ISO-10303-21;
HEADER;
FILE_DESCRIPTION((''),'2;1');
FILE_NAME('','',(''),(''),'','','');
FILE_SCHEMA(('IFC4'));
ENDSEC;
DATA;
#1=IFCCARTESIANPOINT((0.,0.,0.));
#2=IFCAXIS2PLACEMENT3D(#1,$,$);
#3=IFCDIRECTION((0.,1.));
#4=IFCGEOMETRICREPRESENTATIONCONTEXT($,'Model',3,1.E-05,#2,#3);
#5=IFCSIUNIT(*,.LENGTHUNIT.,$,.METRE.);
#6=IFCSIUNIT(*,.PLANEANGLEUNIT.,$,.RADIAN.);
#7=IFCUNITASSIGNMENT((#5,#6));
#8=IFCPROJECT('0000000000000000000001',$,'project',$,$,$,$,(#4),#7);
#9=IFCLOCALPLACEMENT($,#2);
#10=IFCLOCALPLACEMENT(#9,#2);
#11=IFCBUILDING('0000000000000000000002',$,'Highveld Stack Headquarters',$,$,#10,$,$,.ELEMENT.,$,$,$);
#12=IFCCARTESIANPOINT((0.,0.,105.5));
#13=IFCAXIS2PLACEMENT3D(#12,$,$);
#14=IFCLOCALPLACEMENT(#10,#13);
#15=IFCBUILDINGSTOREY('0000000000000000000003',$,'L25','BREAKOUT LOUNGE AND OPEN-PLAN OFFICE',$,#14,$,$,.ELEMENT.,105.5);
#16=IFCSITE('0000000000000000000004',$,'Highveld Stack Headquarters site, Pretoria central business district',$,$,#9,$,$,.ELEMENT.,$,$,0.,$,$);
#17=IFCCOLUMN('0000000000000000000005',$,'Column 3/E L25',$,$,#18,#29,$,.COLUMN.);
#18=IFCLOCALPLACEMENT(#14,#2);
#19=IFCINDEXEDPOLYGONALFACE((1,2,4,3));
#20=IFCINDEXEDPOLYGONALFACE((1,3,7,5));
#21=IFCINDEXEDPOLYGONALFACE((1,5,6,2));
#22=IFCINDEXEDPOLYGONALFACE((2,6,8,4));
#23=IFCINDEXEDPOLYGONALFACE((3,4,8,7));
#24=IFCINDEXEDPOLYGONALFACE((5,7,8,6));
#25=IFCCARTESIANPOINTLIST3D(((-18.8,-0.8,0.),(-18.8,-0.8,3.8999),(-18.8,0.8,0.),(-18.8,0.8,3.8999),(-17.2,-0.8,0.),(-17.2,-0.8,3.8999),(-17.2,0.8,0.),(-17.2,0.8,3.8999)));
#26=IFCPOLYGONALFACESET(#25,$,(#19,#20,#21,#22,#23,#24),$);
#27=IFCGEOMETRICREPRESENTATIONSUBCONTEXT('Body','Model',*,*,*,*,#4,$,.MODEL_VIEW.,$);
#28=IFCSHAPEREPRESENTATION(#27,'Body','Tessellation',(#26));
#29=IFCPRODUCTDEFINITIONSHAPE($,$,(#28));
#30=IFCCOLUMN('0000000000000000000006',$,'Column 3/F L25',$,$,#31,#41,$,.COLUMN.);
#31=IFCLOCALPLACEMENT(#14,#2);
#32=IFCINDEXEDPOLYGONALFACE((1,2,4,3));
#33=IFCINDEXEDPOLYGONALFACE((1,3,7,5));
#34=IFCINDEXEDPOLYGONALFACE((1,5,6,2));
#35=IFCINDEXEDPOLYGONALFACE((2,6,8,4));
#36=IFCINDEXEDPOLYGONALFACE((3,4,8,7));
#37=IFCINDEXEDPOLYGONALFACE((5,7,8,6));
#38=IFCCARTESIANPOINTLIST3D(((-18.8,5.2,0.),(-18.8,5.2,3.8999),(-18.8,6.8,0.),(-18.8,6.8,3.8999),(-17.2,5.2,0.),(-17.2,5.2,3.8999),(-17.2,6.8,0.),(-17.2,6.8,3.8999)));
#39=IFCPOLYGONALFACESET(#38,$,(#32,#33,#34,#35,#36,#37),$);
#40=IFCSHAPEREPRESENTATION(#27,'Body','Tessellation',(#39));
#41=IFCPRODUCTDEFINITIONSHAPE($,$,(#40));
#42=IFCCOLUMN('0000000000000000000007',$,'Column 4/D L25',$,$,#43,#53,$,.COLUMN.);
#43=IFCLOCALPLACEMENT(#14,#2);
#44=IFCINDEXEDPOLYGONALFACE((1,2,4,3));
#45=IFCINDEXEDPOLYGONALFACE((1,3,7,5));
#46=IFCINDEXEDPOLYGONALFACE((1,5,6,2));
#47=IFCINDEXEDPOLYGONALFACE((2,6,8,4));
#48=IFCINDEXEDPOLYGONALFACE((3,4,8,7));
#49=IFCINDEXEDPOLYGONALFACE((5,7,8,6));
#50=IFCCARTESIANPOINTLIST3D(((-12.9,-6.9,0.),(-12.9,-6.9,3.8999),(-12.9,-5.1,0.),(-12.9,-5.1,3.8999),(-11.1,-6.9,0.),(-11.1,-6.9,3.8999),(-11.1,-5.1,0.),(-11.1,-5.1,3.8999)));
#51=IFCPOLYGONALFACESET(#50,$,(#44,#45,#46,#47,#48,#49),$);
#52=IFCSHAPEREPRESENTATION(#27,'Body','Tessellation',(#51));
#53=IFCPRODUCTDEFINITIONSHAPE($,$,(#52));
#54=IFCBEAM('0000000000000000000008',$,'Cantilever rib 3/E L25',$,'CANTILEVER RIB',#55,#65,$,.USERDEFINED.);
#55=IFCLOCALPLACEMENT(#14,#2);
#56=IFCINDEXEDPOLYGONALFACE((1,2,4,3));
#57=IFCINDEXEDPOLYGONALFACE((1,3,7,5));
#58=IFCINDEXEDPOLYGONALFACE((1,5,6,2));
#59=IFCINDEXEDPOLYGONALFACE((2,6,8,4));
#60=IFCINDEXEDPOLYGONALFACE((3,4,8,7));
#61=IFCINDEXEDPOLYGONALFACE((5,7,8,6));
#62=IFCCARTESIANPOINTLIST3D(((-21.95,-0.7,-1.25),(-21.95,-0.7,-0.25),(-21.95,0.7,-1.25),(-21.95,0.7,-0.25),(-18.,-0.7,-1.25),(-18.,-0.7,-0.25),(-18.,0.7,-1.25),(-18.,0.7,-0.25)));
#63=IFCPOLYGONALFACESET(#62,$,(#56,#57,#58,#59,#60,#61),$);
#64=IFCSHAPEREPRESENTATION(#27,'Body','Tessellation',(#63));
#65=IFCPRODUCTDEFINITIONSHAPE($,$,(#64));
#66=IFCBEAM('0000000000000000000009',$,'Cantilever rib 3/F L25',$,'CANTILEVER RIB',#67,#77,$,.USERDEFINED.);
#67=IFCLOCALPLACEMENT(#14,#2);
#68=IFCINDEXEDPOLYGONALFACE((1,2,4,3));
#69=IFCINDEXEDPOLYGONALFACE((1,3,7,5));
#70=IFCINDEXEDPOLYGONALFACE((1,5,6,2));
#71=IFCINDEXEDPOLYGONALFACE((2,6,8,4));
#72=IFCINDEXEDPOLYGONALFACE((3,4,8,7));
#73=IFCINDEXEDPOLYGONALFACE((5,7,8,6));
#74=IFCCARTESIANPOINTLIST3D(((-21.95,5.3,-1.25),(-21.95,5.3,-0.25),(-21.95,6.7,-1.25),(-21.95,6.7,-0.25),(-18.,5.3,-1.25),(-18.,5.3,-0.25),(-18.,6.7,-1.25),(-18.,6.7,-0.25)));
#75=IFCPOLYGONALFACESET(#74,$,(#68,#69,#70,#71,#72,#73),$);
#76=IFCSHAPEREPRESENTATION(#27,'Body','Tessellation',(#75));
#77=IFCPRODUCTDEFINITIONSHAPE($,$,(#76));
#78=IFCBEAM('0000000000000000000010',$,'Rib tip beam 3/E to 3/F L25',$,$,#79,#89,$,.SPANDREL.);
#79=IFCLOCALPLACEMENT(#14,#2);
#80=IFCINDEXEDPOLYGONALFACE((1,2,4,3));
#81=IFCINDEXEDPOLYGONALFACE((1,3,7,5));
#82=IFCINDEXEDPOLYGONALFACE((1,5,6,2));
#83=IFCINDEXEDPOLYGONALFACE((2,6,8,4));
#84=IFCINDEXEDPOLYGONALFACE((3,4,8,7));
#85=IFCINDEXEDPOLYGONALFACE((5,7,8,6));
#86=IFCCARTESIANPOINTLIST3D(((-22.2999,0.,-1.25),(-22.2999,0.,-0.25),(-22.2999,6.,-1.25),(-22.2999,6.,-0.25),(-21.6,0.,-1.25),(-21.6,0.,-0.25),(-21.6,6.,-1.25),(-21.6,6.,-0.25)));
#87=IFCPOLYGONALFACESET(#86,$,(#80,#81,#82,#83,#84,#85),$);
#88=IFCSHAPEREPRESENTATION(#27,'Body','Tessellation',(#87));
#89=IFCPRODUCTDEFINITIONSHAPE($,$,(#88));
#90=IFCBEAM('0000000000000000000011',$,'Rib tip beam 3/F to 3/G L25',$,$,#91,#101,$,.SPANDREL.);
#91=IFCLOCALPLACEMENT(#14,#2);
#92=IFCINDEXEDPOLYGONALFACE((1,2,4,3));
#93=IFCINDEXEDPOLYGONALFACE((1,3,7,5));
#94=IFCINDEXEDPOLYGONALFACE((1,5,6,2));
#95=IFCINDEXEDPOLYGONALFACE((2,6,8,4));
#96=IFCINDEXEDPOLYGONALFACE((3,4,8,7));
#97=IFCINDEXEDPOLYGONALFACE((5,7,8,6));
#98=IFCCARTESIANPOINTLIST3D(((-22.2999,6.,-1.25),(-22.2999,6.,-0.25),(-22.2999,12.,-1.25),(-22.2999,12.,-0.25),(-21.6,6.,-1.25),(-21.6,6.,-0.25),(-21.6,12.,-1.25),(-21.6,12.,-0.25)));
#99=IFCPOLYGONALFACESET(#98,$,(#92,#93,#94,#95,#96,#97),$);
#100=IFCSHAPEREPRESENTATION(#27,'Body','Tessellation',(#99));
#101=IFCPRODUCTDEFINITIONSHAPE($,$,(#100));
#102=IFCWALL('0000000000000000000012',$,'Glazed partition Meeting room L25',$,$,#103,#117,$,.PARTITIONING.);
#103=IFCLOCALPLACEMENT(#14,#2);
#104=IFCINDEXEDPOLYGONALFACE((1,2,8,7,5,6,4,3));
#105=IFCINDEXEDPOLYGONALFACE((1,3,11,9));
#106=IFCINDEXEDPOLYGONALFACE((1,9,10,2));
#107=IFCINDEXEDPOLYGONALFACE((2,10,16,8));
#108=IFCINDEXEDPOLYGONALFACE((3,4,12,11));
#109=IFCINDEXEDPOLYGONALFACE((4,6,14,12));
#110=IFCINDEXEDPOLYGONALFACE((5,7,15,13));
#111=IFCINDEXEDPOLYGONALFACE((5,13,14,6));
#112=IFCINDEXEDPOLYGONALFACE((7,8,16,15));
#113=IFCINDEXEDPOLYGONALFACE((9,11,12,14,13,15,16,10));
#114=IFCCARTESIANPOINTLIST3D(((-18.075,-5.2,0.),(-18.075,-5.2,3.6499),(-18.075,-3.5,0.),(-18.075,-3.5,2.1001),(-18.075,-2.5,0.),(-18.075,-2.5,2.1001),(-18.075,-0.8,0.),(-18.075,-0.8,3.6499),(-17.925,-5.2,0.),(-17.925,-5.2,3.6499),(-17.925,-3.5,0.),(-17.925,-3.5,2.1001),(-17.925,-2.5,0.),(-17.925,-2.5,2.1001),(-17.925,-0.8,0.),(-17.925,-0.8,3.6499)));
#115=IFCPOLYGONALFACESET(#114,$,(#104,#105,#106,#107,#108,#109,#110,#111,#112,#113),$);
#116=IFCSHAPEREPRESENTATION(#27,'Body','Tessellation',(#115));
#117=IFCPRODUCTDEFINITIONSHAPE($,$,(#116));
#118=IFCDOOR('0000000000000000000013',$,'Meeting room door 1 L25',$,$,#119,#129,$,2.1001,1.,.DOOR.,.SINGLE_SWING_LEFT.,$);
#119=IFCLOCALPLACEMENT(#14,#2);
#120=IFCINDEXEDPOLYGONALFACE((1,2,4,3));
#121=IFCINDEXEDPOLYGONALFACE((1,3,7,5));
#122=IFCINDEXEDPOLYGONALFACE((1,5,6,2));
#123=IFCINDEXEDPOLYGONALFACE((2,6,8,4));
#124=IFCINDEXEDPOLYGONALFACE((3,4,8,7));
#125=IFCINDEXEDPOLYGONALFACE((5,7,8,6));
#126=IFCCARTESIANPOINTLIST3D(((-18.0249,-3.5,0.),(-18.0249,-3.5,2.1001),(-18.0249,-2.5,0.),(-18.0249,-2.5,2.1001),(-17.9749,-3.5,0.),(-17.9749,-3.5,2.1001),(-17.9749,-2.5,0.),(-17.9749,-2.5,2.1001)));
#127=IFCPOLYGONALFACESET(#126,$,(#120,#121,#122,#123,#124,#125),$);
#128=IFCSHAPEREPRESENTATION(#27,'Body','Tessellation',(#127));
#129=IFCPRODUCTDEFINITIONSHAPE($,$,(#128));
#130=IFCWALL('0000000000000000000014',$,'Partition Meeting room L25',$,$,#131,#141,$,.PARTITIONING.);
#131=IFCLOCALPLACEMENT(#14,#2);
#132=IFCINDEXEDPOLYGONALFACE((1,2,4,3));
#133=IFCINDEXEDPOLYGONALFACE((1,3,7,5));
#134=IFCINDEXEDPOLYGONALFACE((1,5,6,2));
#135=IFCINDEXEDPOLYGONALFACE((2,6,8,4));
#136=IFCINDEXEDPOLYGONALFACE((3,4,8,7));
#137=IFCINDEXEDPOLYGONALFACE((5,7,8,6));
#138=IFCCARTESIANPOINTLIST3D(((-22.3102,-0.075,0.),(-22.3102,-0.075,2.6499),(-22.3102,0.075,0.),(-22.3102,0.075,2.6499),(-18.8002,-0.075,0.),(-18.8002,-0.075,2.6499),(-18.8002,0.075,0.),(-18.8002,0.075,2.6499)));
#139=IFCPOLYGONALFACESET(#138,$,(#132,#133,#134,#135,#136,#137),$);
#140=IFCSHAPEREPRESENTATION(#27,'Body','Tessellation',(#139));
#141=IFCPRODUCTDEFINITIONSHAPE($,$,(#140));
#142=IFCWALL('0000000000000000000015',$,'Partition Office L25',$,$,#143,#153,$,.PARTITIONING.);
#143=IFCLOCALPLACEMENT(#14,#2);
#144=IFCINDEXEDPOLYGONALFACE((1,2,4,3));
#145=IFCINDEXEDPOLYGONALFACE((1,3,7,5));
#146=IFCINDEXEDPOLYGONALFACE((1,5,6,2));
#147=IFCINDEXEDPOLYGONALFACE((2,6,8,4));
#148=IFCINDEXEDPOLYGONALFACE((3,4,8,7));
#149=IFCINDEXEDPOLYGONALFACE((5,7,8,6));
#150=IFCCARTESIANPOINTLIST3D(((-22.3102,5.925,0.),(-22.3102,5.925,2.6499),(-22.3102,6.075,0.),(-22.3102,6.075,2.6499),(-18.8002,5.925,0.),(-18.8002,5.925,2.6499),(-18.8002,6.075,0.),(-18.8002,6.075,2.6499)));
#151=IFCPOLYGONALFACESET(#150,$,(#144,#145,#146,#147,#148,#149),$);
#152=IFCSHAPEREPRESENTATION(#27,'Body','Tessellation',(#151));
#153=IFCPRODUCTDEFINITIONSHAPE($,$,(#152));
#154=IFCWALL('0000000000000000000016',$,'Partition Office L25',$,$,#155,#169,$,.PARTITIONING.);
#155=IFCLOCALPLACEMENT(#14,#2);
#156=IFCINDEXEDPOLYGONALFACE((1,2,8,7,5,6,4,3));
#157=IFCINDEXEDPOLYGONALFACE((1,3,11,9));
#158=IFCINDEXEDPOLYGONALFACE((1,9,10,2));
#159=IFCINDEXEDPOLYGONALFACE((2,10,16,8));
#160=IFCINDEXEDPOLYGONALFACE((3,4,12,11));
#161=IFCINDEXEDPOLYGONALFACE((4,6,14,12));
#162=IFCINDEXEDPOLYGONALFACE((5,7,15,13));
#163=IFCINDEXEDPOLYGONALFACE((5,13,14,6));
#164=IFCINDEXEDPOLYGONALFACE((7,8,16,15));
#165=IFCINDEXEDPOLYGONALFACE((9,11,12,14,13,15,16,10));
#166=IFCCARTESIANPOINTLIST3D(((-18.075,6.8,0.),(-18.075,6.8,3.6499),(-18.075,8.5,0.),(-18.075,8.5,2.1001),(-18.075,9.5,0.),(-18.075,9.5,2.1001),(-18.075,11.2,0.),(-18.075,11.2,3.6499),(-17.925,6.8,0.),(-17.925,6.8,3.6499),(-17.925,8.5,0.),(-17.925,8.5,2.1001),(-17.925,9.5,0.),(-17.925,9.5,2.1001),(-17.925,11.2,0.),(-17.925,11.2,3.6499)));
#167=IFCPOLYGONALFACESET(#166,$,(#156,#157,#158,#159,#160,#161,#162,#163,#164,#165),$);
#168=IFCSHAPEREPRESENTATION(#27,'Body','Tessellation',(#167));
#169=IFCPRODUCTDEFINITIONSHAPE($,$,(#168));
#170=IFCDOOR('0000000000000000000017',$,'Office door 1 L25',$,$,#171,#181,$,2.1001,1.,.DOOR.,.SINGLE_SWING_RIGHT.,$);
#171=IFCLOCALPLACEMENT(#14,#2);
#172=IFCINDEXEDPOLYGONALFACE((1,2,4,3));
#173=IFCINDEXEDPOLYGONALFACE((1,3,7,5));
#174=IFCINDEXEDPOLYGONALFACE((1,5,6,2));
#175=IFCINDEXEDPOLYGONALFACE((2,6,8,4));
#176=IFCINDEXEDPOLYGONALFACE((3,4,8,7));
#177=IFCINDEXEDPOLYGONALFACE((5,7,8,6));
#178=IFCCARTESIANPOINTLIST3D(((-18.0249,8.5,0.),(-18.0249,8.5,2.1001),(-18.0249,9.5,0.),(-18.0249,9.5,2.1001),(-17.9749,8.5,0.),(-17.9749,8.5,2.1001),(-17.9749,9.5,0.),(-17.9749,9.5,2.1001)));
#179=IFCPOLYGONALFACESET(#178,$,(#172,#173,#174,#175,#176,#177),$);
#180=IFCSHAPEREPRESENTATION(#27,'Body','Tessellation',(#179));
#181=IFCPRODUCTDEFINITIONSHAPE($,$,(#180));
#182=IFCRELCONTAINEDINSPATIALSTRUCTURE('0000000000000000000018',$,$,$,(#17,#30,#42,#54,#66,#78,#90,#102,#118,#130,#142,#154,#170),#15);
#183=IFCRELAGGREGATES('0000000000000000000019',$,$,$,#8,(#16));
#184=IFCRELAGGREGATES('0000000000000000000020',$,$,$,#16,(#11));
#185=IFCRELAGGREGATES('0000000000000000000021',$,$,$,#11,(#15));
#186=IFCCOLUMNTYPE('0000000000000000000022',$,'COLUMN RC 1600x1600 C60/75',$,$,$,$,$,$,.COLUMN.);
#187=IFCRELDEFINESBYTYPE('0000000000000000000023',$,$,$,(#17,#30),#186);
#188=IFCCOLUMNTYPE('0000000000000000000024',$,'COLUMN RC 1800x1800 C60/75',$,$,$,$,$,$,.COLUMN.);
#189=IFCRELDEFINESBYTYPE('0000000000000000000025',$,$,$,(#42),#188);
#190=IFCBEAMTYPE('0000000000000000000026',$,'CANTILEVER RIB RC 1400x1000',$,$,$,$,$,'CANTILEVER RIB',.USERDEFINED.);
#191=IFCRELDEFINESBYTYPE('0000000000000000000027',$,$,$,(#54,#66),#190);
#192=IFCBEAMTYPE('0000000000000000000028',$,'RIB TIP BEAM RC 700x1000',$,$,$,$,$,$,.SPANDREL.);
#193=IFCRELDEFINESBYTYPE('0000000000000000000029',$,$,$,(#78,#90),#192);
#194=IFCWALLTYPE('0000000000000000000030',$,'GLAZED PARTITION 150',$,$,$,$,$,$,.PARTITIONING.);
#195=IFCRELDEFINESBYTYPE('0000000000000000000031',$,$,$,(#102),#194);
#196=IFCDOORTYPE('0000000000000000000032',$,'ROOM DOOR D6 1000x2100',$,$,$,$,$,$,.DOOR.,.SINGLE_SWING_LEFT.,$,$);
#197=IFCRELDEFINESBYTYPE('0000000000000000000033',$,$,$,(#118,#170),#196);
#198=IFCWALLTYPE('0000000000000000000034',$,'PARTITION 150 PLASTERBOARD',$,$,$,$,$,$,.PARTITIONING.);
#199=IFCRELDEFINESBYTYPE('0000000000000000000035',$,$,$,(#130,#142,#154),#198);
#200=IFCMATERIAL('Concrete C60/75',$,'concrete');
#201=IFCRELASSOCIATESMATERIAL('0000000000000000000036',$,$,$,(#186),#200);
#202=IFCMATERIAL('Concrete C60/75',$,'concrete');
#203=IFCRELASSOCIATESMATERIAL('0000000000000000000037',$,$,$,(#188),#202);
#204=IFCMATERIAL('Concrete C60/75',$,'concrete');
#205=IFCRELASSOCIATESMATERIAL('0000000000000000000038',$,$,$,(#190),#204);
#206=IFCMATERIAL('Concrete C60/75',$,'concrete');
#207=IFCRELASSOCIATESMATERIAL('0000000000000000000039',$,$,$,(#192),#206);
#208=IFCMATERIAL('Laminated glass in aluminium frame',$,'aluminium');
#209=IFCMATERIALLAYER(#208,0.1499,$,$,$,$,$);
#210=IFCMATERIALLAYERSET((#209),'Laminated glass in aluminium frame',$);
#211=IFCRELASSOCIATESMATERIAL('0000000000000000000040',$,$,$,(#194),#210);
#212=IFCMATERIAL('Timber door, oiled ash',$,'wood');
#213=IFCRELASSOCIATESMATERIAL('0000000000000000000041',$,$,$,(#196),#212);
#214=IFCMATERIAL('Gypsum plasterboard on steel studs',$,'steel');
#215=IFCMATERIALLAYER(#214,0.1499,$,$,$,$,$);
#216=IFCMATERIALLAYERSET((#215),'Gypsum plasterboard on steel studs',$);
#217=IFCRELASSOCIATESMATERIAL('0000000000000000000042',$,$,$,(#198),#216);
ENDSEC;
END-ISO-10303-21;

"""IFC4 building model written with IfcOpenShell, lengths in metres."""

from ifc_helpers import new_model, si_unit, direction, frame, frame_2d, origin, origin_2d, place, context, subcontext, project, spatial, rectangle, extrude, material, layer, layer_set, material_profile, profile_set, type_object, element, fill, save


model = new_model("IFC4")

# Units and contexts
model_context = context("Model", 3, precision=1e-05, world=origin(), true_north=direction((0.0, 1.0)))
body_context = subcontext(model_context, "Body", "Model", "MODEL_VIEW")
ifc_project = project(units=[si_unit("LENGTHUNIT", "METRE"), si_unit("PLANEANGLEUNIT", "RADIAN")], contexts=[model_context])

# Site, building, storey
site_placement = place(None, origin())
site = spatial("IfcSite", under=ifc_project, at=site_placement, Name="Highveld Stack Headquarters site, Pretoria central business district", CompositionType="ELEMENT", RefElevation=0.0)
building_placement = place(site_placement, origin())
building = spatial("IfcBuilding", under=site, at=building_placement, Name="Highveld Stack Headquarters", CompositionType="ELEMENT")
storey_placement = place(building_placement, frame((0.0, 0.0, 105.5)))
storey = spatial("IfcBuildingStorey", under=building, at=storey_placement, Name="L25", Description="BREAKOUT LOUNGE AND OPEN-PLAN OFFICE", CompositionType="ELEMENT", Elevation=105.5)

# Columns
ifc_material_1 = material(Name="Concrete C60/75", Category="concrete")
ifc_material_profile_1 = material_profile(ifc_material_1, rectangle(XDim=1.6001, YDim=1.6001, at=origin_2d()), Name="RC 1600x1600")
ifc_profile_set_1 = profile_set([ifc_material_profile_1], Name="Concrete C60/75")
column_type_1 = type_object("IfcColumnType", Name="COLUMN RC 1600x1600 C60/75", PredefinedType="COLUMN", material=ifc_profile_set_1)
for number, where, z_axis, x_axis, name in (
    (1, (-18.0, 0.0, 0.0), (0.0, 0.0, 1.0), (1.0, 0.0, 0.0), "Column 3/E L25"),
    (2, (-18.0, 6.0, 0.0), (0.0, 0.0, 1.0), (1.0, 0.0, 0.0), "Column 3/F L25"),
):
    element("IfcColumn", number, at=place(storey_placement, frame(where, z_axis=z_axis, x_axis=x_axis)), inside=storey, type_object=column_type_1, Name=name, PredefinedType="COLUMN", context=body_context, shape_type="SweptSolid", body=[
        extrude(rectangle(XDim=1.6001, YDim=1.6001, at=origin_2d()), origin(), (0.0, 0.0, 1.0), 3.8999),
    ])
ifc_material_2 = material(Name="Concrete C60/75", Category="concrete")
ifc_material_profile_2 = material_profile(ifc_material_2, rectangle(XDim=1.8, YDim=1.8, at=origin_2d()), Name="RC 1800x1800")
ifc_profile_set_2 = profile_set([ifc_material_profile_2], Name="Concrete C60/75")
column_type_2 = type_object("IfcColumnType", Name="COLUMN RC 1800x1800 C60/75", PredefinedType="COLUMN", material=ifc_profile_set_2)
column_placement = place(storey_placement, frame((-12.0, -6.0, 0.0), z_axis=(0.0, 0.0, 1.0), x_axis=(1.0, 0.0, 0.0)))
element("IfcColumn", 3, at=column_placement, inside=storey, type_object=column_type_2, Name="Column 4/D L25", PredefinedType="COLUMN", context=body_context, shape_type="SweptSolid", body=[
    extrude(rectangle(XDim=1.8, YDim=1.8, at=origin_2d()), origin(), (0.0, 0.0, 1.0), 3.8999),
])

# Beams
ifc_material_3 = material(Name="Concrete C60/75", Category="concrete")
ifc_material_profile_3 = material_profile(ifc_material_3, rectangle(XDim=1.3999, YDim=1.0, at=origin_2d()), Name="RC 1400x1000")
ifc_profile_set_3 = profile_set([ifc_material_profile_3], Name="Concrete C60/75")
beam_type_1 = type_object("IfcBeamType", Name="CANTILEVER RIB RC 1400x1000", ElementType="CANTILEVER RIB", PredefinedType="USERDEFINED", material=ifc_profile_set_3)
for number, where, z_axis, x_axis, name in (
    (4, (-18.0, 0.0, -0.75), (-1.0, 0.0, 0.0), (0.0, -1.0, 0.0), "Cantilever rib 3/E L25"),
    (5, (-18.0, 6.0, -0.75), (-1.0, 0.0, 0.0), (0.0, -1.0, 0.0), "Cantilever rib 3/F L25"),
):
    element("IfcBeam", number, at=place(storey_placement, frame(where, z_axis=z_axis, x_axis=x_axis)), inside=storey, type_object=beam_type_1, Name=name, ObjectType="CANTILEVER RIB", PredefinedType="USERDEFINED", context=body_context, shape_type="SweptSolid", body=[
        extrude(rectangle(XDim=1.3999, YDim=1.0, at=origin_2d()), origin(), (0.0, 0.0, 1.0), 3.95),
    ])
ifc_material_4 = material(Name="Concrete C60/75", Category="concrete")
ifc_material_profile_4 = material_profile(ifc_material_4, rectangle(XDim=0.7, YDim=1.0, at=origin_2d()), Name="RC 700x1000")
ifc_profile_set_4 = profile_set([ifc_material_profile_4], Name="Concrete C60/75")
beam_type_2 = type_object("IfcBeamType", Name="RIB TIP BEAM RC 700x1000", PredefinedType="SPANDREL", material=ifc_profile_set_4)
for number, where, z_axis, x_axis, name in (
    (6, (-21.95, 0.0, -0.75), (0.0, 1.0, 0.0), (-1.0, 0.0, 0.0), "Rib tip beam 3/E to 3/F L25"),
    (7, (-21.95, 6.0, -0.75), (0.0, 1.0, 0.0), (-1.0, 0.0, 0.0), "Rib tip beam 3/F to 3/G L25"),
):
    element("IfcBeam", number, at=place(storey_placement, frame(where, z_axis=z_axis, x_axis=x_axis)), inside=storey, type_object=beam_type_2, Name=name, PredefinedType="SPANDREL", context=body_context, shape_type="SweptSolid", body=[
        extrude(rectangle(XDim=0.7, YDim=1.0, at=origin_2d()), origin(), (0.0, 0.0, 1.0), 6.0),
    ])

# Wall, opening, door
ifc_material_5 = material(Name="Laminated glass in aluminium frame", Category="aluminium")
ifc_layer_1 = layer(ifc_material_5, 0.1499)
ifc_layer_set_1 = layer_set([ifc_layer_1], Name="Laminated glass in aluminium frame")
wall_type_1 = type_object("IfcWallType", Name="GLAZED PARTITION 150", PredefinedType="PARTITIONING", material=ifc_layer_set_1)
wall_1_placement = place(storey_placement, frame((-18.0, -5.2, 0.0), z_axis=(0.0, 0.0, 1.0), x_axis=(0.0, 1.0, 0.0)))
wall_1 = element("IfcWall", 8, at=wall_1_placement, inside=storey, type_object=wall_type_1, Name="Glazed partition Meeting room L25", PredefinedType="PARTITIONING", context=body_context, shape_type="SweptSolid", body=[
    extrude(rectangle(XDim=4.3999, YDim=0.1499, at=frame_2d((2.2, 0.0))), origin(), (0.0, 0.0, 1.0), 3.6499),
])
opening_1_placement = place(wall_1_placement, frame((1.7, 0.0, 0.0)))
opening_1 = element("IfcOpeningElement", 9, at=opening_1_placement, cuts=wall_1, PredefinedType="OPENING", context=body_context, shape_type="SweptSolid", body=[
    extrude(rectangle(XDim=1.0, YDim=2.1001, at=frame_2d((0.5, 1.05))), frame((0.0, 0.085, 0.0), z_axis=(0.0, -1.0, 0.0), x_axis=(1.0, 0.0, 0.0)), (0.0, 0.0, 1.0), 0.1699),
])
ifc_material_6 = material(Name="Timber door, oiled ash", Category="wood")
door_type = type_object("IfcDoorType", Name="ROOM DOOR D6 1000x2100", OperationType="SINGLE_SWING_LEFT", PredefinedType="DOOR", material=ifc_material_6)
door_1_placement = place(opening_1_placement, origin())
door_1 = element("IfcDoor", 10, at=door_1_placement, inside=storey, type_object=door_type, Name="Meeting room door 1 L25", OperationType="SINGLE_SWING_LEFT", OverallHeight=2.1001, OverallWidth=1.0, PredefinedType="DOOR", context=body_context, shape_type="SweptSolid", body=[
    extrude(rectangle(XDim=1.0, YDim=2.1001, at=frame_2d((0.5, 1.05))), frame((0.0, 0.0249, 0.0), z_axis=(0.0, -1.0, 0.0), x_axis=(1.0, 0.0, 0.0)), (0.0, 0.0, 1.0), 0.05),
])
fill(opening_1, door_1)

# Walls
ifc_material_7 = material(Name="Gypsum plasterboard on steel studs", Category="steel")
ifc_layer_2 = layer(ifc_material_7, 0.1499)
ifc_layer_set_2 = layer_set([ifc_layer_2], Name="Gypsum plasterboard on steel studs")
wall_type_2 = type_object("IfcWallType", Name="PARTITION 150 PLASTERBOARD", PredefinedType="PARTITIONING", material=ifc_layer_set_2)
for number, where, z_axis, x_axis, name in (
    (11, (-22.3101, 0.0, 0.0), (0.0, 0.0, 1.0), (1.0, 0.0, 0.0), "Partition Meeting room L25"),
    (12, (-22.3101, 6.0, 0.0), (0.0, 0.0, 1.0), (1.0, 0.0, 0.0), "Partition Office L25"),
):
    element("IfcWall", number, at=place(storey_placement, frame(where, z_axis=z_axis, x_axis=x_axis)), inside=storey, type_object=wall_type_2, Name=name, PredefinedType="PARTITIONING", context=body_context, shape_type="SweptSolid", body=[
        extrude(rectangle(XDim=3.51, YDim=0.1499, at=frame_2d((1.7549, 0.0))), origin(), (0.0, 0.0, 1.0), 2.6499),
    ])

# Wall, opening, door
wall_2_placement = place(storey_placement, frame((-18.0, 6.8, 0.0), z_axis=(0.0, 0.0, 1.0), x_axis=(0.0, 1.0, 0.0)))
wall_2 = element("IfcWall", 13, at=wall_2_placement, inside=storey, type_object=wall_type_2, Name="Partition Office L25", PredefinedType="PARTITIONING", context=body_context, shape_type="SweptSolid", body=[
    extrude(rectangle(XDim=4.3999, YDim=0.1499, at=frame_2d((2.2, 0.0))), origin(), (0.0, 0.0, 1.0), 3.6499),
])
opening_2_placement = place(wall_2_placement, frame((1.7, 0.0, 0.0)))
opening_2 = element("IfcOpeningElement", 14, at=opening_2_placement, cuts=wall_2, PredefinedType="OPENING", context=body_context, shape_type="SweptSolid", body=[
    extrude(rectangle(XDim=1.0, YDim=2.1001, at=frame_2d((0.5, 1.05))), frame((0.0, 0.085, 0.0), z_axis=(0.0, -1.0, 0.0), x_axis=(1.0, 0.0, 0.0)), (0.0, 0.0, 1.0), 0.1699),
])
door_2_placement = place(opening_2_placement, origin())
door_2 = element("IfcDoor", 15, at=door_2_placement, inside=storey, type_object=door_type, Name="Office door 1 L25", OperationType="SINGLE_SWING_RIGHT", OverallHeight=2.1001, OverallWidth=1.0, PredefinedType="DOOR", context=body_context, shape_type="SweptSolid", body=[
    extrude(rectangle(XDim=1.0, YDim=2.1001, at=frame_2d((0.5, 1.05))), frame((0.0, 0.0249, 0.0), z_axis=(0.0, -1.0, 0.0), x_axis=(1.0, 0.0, 0.0)), (0.0, 0.0, 1.0), 0.05),
])
fill(opening_2, door_2)

save(model, "model.ifc")
